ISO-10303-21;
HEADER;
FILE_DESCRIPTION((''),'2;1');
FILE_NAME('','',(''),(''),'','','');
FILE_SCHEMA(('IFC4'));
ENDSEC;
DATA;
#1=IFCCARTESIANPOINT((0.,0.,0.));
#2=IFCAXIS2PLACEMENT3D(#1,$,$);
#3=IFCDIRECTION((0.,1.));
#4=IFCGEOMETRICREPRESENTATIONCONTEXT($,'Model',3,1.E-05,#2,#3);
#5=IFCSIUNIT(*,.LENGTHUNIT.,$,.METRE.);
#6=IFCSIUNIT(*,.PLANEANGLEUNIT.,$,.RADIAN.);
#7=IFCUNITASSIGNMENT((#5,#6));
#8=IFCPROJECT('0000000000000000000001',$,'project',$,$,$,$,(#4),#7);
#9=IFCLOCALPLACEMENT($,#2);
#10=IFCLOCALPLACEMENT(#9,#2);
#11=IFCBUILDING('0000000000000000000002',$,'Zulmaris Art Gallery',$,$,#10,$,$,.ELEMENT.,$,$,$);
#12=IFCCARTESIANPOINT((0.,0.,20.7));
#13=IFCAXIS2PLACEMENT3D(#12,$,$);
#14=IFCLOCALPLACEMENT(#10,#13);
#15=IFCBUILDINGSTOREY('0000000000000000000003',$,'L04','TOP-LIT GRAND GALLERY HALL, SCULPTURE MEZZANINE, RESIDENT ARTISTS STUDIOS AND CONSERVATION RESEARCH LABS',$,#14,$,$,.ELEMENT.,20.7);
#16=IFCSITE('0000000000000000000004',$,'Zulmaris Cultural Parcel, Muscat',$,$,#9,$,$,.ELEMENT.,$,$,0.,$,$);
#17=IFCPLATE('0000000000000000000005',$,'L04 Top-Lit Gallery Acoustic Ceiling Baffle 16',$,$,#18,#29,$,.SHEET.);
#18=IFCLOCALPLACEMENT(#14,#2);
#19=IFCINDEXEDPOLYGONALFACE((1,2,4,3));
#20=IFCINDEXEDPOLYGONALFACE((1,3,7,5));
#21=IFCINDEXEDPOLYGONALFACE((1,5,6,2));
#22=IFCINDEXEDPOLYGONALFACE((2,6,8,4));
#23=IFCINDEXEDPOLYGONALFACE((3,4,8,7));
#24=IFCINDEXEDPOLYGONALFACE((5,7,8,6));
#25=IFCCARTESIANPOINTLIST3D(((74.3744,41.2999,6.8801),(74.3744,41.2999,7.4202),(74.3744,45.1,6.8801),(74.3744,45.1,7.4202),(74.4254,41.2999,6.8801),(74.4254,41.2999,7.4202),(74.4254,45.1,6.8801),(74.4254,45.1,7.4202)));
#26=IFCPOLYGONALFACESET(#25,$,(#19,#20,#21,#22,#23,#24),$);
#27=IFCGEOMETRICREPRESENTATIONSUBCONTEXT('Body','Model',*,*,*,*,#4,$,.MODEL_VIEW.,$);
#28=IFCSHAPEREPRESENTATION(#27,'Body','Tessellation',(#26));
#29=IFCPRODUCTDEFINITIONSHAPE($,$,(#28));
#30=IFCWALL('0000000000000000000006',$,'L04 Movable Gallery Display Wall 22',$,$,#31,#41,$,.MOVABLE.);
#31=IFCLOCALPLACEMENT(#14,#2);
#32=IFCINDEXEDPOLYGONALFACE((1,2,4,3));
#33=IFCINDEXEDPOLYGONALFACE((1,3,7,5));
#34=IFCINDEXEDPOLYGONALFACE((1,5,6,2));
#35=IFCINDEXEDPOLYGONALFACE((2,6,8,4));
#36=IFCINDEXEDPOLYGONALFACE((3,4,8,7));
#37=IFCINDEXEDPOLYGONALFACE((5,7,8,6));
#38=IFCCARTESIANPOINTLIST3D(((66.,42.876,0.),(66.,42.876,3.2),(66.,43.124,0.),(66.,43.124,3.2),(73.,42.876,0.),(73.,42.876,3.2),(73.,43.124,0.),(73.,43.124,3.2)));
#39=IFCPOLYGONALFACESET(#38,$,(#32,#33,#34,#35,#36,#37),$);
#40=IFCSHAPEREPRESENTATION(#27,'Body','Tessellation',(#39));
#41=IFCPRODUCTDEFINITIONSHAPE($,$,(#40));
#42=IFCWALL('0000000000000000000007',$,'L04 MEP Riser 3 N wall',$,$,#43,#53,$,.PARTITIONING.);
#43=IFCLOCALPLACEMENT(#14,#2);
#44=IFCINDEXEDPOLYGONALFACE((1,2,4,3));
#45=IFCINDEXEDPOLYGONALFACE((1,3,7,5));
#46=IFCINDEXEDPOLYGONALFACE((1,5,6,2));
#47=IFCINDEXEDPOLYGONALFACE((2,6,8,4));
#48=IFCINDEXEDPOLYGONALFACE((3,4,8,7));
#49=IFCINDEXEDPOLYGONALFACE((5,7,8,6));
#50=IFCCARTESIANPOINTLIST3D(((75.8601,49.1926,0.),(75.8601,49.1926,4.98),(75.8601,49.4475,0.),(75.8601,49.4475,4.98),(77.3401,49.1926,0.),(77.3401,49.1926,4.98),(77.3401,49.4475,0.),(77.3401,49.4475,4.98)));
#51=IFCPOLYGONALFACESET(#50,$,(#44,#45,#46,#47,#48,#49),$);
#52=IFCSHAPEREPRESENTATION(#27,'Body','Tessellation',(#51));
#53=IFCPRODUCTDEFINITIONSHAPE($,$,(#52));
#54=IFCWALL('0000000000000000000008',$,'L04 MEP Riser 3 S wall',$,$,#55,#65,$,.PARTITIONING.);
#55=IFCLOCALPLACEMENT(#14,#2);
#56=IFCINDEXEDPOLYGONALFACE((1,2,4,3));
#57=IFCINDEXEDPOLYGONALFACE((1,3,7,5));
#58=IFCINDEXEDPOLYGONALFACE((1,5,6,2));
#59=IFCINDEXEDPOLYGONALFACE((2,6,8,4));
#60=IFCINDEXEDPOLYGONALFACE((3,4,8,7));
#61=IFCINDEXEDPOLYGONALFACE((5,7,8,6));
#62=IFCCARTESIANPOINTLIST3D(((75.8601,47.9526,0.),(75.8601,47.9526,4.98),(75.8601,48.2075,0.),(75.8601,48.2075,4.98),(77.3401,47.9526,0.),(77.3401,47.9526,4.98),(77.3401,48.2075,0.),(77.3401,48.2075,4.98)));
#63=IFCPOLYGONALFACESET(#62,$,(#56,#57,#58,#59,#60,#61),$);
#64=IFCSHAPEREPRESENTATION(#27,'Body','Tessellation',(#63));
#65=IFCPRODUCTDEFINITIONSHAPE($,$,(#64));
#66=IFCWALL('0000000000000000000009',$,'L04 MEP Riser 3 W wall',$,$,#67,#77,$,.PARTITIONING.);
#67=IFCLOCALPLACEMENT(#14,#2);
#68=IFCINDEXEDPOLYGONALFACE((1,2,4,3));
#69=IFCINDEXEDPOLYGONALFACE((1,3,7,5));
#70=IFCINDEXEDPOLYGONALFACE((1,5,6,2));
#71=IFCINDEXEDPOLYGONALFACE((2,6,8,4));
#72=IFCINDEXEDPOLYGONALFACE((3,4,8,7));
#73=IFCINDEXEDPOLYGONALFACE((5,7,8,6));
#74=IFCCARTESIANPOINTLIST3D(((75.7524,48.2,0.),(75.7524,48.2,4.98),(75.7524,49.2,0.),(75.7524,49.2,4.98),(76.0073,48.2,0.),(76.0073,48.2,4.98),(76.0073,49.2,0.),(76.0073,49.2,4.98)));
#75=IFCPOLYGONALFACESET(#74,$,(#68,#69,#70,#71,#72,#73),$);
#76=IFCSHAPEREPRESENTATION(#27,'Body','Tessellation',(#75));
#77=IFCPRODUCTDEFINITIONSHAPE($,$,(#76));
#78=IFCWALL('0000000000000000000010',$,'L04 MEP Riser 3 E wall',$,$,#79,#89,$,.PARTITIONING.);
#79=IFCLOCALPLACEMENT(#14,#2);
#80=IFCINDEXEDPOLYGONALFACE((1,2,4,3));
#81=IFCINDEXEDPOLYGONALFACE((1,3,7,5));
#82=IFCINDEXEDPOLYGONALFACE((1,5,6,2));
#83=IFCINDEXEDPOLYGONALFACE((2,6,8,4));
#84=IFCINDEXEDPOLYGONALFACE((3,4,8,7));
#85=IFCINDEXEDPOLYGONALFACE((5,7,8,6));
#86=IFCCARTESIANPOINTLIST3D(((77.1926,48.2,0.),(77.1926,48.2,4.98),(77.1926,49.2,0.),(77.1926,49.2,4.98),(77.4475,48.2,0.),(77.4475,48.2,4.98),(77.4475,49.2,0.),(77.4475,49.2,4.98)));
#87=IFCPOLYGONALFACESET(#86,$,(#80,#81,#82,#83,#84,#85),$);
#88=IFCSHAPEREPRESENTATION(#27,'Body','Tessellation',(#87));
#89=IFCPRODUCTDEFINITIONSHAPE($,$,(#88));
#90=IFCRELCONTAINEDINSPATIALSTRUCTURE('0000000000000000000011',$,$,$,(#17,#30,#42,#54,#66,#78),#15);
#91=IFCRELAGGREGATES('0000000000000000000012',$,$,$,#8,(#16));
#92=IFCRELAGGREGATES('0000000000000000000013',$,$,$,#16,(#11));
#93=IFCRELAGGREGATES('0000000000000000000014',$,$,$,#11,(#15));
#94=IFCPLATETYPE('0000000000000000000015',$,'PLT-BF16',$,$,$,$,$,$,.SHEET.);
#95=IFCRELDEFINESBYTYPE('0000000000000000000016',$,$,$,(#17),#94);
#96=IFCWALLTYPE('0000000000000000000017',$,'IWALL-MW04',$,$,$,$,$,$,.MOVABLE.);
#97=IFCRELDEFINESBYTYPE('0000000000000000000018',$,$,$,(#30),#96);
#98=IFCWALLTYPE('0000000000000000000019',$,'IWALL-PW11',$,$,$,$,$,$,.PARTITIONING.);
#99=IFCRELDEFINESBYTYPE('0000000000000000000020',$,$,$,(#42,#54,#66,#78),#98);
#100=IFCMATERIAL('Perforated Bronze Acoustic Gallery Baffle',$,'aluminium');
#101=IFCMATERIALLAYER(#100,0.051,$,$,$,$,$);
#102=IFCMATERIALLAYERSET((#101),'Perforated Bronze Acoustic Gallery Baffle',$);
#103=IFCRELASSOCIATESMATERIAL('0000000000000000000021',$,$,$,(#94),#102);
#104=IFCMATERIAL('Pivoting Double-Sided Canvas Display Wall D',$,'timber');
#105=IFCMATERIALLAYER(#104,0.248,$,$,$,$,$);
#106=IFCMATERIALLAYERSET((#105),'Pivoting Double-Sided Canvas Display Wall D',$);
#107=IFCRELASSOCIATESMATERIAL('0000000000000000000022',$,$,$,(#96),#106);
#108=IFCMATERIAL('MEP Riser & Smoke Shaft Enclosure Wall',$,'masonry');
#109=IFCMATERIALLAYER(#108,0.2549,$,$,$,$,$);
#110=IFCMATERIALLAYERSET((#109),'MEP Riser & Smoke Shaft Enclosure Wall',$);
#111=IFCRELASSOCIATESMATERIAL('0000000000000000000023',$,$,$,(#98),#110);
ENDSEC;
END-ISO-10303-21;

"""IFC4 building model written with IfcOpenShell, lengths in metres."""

from ifc_helpers import new_model, si_unit, direction, frame, frame_2d, origin, origin_2d, place, context, subcontext, project, spatial, rectangle, extrude, material, layer, layer_set, type_object, element, save


model = new_model("IFC4")

# Units and contexts
model_context = context("Model", 3, precision=1e-05, world=origin(), true_north=direction((0.0, 1.0)))
body_context = subcontext(model_context, "Body", "Model", "MODEL_VIEW")
ifc_project = project(units=[si_unit("LENGTHUNIT", "METRE"), si_unit("PLANEANGLEUNIT", "RADIAN")], contexts=[model_context])

# Site, building, storey
site_placement = place(None, origin())
site = spatial("IfcSite", under=ifc_project, at=site_placement, Name="Zulmaris Cultural Parcel, Muscat", CompositionType="ELEMENT", RefElevation=0.0)
building_placement = place(site_placement, origin())
building = spatial("IfcBuilding", under=site, at=building_placement, Name="Zulmaris Art Gallery", CompositionType="ELEMENT")
storey_placement = place(building_placement, frame((0.0, 0.0, 20.7)))
storey = spatial("IfcBuildingStorey", under=building, at=storey_placement, Name="L04", Description="TOP-LIT GRAND GALLERY HALL, SCULPTURE MEZZANINE, RESIDENT ARTISTS STUDIOS AND CONSERVATION RESEARCH LABS", CompositionType="ELEMENT", Elevation=20.7)

# Plate
ifc_material_1 = material(Name="Perforated Bronze Acoustic Gallery Baffle", Category="aluminium")
ifc_layer_1 = layer(ifc_material_1, 0.051)
ifc_layer_set_1 = layer_set([ifc_layer_1], Name="Perforated Bronze Acoustic Gallery Baffle")
plate_type_1 = type_object("IfcPlateType", Name="PLT-BF16", PredefinedType="SHEET", material=ifc_layer_set_1)
plate_1_placement = place(storey_placement, frame((74.3999, 43.2, 6.8801), z_axis=(0.0, 0.0, 1.0), x_axis=(1.0, 0.0, 0.0)))
element("IfcPlate", 1, at=plate_1_placement, inside=storey, type_object=plate_type_1, Name="L04 Top-Lit Gallery Acoustic Ceiling Baffle 16", PredefinedType="SHEET", context=body_context, shape_type="SweptSolid", body=[
    extrude(rectangle(XDim=0.051, YDim=3.8, at=origin_2d()), origin(), (0.0, 0.0, 1.0), 0.54),
])

# Walls
ifc_material_2 = material(Name="Pivoting Double-Sided Canvas Display Wall D", Category="timber")
ifc_layer_2 = layer(ifc_material_2, 0.248)
ifc_layer_set_2 = layer_set([ifc_layer_2], Name="Pivoting Double-Sided Canvas Display Wall D")
wall_type_1 = type_object("IfcWallType", Name="IWALL-MW04", PredefinedType="MOVABLE", material=ifc_layer_set_2)
wall_placement = place(storey_placement, frame((66.0, 43.0, 0.0), z_axis=(0.0, 0.0, 1.0), x_axis=(1.0, 0.0, 0.0)))
element("IfcWall", 2, at=wall_placement, inside=storey, type_object=wall_type_1, Name="L04 Movable Gallery Display Wall 22", PredefinedType="MOVABLE", context=body_context, shape_type="SweptSolid", body=[
    extrude(rectangle(XDim=7.0, YDim=0.248, at=frame_2d((3.5, 0.0))), origin(), (0.0, 0.0, 1.0), 3.2),
])
ifc_material_3 = material(Name="MEP Riser & Smoke Shaft Enclosure Wall", Category="masonry")
ifc_layer_3 = layer(ifc_material_3, 0.2549)
ifc_layer_set_3 = layer_set([ifc_layer_3], Name="MEP Riser & Smoke Shaft Enclosure Wall")
wall_type_2 = type_object("IfcWallType", Name="IWALL-PW11", PredefinedType="PARTITIONING", material=ifc_layer_set_3)
for number, where, z_axis, x_axis, name in (
    (3, (75.8601, 49.3201, 0.0), (0.0, 0.0, 1.0), (1.0, 0.0, 0.0), "L04 MEP Riser 3 N wall"),
    (4, (75.8601, 48.0801, 0.0), (0.0, 0.0, 1.0), (1.0, 0.0, 0.0), "L04 MEP Riser 3 S wall"),
):
    element("IfcWall", number, at=place(storey_placement, frame(where, z_axis=z_axis, x_axis=x_axis)), inside=storey, type_object=wall_type_2, Name=name, PredefinedType="PARTITIONING", context=body_context, shape_type="SweptSolid", body=[
        extrude(rectangle(XDim=1.48, YDim=0.2549, at=frame_2d((0.74, 0.0))), origin(), (0.0, 0.0, 1.0), 4.98),
    ])
for number, where, z_axis, x_axis, name in (
    (5, (75.8799, 48.2, 0.0), (0.0, 0.0, 1.0), (0.0, 1.0, 0.0), "L04 MEP Riser 3 W wall"),
    (6, (77.3201, 48.2, 0.0), (0.0, 0.0, 1.0), (0.0, 1.0, 0.0), "L04 MEP Riser 3 E wall"),
):
    element("IfcWall", number, at=place(storey_placement, frame(where, z_axis=z_axis, x_axis=x_axis)), inside=storey, type_object=wall_type_2, Name=name, PredefinedType="PARTITIONING", context=body_context, shape_type="SweptSolid", body=[
        extrude(rectangle(XDim=1.0, YDim=0.2549, at=frame_2d((0.5, 0.0))), origin(), (0.0, 0.0, 1.0), 4.98),
    ])

save(model, "model.ifc")
